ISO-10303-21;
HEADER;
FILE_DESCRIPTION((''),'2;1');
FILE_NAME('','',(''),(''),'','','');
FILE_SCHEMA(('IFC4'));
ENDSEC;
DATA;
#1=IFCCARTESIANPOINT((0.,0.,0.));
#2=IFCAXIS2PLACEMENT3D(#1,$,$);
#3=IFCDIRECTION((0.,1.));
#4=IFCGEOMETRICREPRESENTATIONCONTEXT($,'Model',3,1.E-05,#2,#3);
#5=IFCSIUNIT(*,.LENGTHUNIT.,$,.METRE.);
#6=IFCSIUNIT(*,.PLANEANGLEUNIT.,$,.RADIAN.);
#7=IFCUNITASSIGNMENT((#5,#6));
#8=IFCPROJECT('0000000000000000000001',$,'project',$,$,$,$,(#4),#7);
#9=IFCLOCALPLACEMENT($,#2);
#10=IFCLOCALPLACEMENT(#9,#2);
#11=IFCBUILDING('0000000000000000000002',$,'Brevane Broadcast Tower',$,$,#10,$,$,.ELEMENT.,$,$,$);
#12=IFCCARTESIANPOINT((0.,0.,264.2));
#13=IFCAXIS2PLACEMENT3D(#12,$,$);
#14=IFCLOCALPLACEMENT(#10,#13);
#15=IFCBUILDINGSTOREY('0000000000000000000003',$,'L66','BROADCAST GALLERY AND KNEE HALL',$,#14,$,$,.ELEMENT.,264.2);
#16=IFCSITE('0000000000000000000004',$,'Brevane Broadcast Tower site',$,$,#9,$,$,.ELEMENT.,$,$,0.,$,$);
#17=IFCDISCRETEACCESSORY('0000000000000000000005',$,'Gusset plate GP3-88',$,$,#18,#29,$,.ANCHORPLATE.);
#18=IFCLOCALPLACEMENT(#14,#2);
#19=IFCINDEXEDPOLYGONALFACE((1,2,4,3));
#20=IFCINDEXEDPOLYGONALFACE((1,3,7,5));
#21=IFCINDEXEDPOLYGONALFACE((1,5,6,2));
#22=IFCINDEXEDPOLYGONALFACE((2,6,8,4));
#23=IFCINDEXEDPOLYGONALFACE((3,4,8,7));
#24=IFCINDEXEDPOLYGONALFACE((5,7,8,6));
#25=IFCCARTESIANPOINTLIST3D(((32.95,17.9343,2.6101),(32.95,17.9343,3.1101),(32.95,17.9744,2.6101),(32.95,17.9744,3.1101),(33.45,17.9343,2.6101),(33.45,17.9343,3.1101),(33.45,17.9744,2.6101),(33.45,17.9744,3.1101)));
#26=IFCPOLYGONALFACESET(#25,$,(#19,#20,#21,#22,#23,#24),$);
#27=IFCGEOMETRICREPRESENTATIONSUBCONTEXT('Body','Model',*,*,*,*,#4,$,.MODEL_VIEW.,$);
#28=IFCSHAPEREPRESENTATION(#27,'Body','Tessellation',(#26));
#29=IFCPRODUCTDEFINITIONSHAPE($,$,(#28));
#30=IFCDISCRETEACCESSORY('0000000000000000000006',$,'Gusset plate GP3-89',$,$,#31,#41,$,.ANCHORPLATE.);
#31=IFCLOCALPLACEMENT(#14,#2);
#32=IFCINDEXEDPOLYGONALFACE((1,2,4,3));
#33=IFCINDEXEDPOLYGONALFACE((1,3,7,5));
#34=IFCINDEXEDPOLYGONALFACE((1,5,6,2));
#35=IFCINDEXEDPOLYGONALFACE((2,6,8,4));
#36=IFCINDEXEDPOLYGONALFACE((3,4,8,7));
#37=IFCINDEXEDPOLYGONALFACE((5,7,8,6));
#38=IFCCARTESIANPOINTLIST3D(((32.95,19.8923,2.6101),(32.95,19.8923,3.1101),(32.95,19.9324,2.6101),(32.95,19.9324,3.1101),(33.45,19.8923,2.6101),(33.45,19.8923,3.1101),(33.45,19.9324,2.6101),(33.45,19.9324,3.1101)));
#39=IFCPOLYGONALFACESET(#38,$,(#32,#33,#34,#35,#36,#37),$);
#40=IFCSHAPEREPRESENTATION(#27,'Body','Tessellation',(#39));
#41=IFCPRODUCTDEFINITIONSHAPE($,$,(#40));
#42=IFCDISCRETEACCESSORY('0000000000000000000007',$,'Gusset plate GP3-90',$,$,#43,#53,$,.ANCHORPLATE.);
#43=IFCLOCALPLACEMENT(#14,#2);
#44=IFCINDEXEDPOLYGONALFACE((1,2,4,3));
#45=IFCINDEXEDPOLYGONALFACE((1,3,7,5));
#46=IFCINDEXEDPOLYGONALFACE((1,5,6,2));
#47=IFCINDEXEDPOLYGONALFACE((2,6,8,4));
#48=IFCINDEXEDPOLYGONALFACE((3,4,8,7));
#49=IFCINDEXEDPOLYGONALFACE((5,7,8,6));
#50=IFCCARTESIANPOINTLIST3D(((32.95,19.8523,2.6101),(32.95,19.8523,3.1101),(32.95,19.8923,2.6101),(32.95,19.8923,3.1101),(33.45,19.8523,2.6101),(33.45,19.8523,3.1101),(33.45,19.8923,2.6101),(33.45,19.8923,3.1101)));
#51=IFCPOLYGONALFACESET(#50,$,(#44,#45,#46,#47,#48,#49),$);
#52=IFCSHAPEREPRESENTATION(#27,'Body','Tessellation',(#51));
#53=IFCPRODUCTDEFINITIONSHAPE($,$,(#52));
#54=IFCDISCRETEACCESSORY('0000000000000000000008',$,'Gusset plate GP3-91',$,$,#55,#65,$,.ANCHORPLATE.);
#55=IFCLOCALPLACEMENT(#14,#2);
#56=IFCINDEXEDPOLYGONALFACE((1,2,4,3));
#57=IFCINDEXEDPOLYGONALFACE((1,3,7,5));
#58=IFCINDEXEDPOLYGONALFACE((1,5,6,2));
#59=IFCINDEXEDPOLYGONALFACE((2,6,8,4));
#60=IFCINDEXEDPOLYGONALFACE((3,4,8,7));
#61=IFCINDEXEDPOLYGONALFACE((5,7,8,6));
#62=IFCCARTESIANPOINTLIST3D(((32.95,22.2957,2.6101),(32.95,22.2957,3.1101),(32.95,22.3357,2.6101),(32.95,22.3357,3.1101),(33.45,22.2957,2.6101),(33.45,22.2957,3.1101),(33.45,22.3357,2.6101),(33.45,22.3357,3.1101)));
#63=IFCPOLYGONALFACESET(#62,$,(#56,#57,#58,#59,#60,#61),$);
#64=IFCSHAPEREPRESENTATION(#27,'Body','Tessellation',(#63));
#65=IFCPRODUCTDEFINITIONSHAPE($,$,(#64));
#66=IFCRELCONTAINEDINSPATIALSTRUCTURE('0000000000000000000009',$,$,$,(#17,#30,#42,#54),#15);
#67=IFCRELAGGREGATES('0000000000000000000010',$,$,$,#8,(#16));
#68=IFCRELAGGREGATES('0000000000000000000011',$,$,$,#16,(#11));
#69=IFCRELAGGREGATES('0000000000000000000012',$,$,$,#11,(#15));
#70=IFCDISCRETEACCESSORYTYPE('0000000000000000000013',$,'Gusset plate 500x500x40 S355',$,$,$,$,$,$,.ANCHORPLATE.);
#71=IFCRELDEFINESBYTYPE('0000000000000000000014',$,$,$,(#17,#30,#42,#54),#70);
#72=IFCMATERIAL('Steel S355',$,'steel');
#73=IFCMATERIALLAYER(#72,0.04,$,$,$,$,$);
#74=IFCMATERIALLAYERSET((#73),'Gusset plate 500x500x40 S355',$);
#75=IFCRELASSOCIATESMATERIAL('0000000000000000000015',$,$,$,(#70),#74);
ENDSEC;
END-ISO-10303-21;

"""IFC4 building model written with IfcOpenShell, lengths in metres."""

from ifc_helpers import new_model, si_unit, direction, frame, origin, origin_2d, place, context, subcontext, project, spatial, rectangle, extrude, material, layer, layer_set, type_object, element, save


model = new_model("IFC4")

# Units and contexts
model_context = context("Model", 3, precision=1e-05, world=origin(), true_north=direction((0.0, 1.0)))
body_context = subcontext(model_context, "Body", "Model", "MODEL_VIEW")
ifc_project = project(units=[si_unit("LENGTHUNIT", "METRE"), si_unit("PLANEANGLEUNIT", "RADIAN")], contexts=[model_context])

# Site, building, storey
site_placement = place(None, origin())
site = spatial("IfcSite", under=ifc_project, at=site_placement, Name="Brevane Broadcast Tower site", CompositionType="ELEMENT", RefElevation=0.0)
building_placement = place(site_placement, origin())
building = spatial("IfcBuilding", under=site, at=building_placement, Name="Brevane Broadcast Tower", CompositionType="ELEMENT")
storey_placement = place(building_placement, frame((0.0, 0.0, 264.2)))
storey = spatial("IfcBuildingStorey", under=building, at=storey_placement, Name="L66", Description="BROADCAST GALLERY AND KNEE HALL", CompositionType="ELEMENT", Elevation=264.2)

# Shared definitions
ifc_material_1 = material(Name="Steel S355", Category="steel")

# Discrete accessories
ifc_layer_1 = layer(ifc_material_1, 0.04)
ifc_layer_set_1 = layer_set([ifc_layer_1], Name="Gusset plate 500x500x40 S355")
discrete_accessory_type_1 = type_object("IfcDiscreteAccessoryType", Name="Gusset plate 500x500x40 S355", PredefinedType="ANCHORPLATE", material=ifc_layer_set_1)
for number, where, z_axis, x_axis, name in (
    (1, (33.2, 17.9343, 2.8601), (0.0, 1.0, 0.0), (-1.0, 0.0, 0.0), "Gusset plate GP3-88"),
    (2, (33.2, 19.8923, 2.8601), (0.0, 1.0, 0.0), (-1.0, 0.0, 0.0), "Gusset plate GP3-89"),
    (3, (33.2, 19.8523, 2.8601), (0.0, 1.0, 0.0), (-1.0, 0.0, 0.0), "Gusset plate GP3-90"),
    (4, (33.2, 22.2957, 2.8601), (0.0, 1.0, 0.0), (-1.0, 0.0, 0.0), "Gusset plate GP3-91"),
):
    element("IfcDiscreteAccessory", number, at=place(storey_placement, frame(where, z_axis=z_axis, x_axis=x_axis)), inside=storey, type_object=discrete_accessory_type_1, Name=name, PredefinedType="ANCHORPLATE", context=body_context, shape_type="SweptSolid", body=[
        extrude(rectangle(XDim=0.5, YDim=0.5, at=origin_2d()), origin(), (0.0, 0.0, 1.0), 0.04),
    ])

save(model, "model.ifc")
